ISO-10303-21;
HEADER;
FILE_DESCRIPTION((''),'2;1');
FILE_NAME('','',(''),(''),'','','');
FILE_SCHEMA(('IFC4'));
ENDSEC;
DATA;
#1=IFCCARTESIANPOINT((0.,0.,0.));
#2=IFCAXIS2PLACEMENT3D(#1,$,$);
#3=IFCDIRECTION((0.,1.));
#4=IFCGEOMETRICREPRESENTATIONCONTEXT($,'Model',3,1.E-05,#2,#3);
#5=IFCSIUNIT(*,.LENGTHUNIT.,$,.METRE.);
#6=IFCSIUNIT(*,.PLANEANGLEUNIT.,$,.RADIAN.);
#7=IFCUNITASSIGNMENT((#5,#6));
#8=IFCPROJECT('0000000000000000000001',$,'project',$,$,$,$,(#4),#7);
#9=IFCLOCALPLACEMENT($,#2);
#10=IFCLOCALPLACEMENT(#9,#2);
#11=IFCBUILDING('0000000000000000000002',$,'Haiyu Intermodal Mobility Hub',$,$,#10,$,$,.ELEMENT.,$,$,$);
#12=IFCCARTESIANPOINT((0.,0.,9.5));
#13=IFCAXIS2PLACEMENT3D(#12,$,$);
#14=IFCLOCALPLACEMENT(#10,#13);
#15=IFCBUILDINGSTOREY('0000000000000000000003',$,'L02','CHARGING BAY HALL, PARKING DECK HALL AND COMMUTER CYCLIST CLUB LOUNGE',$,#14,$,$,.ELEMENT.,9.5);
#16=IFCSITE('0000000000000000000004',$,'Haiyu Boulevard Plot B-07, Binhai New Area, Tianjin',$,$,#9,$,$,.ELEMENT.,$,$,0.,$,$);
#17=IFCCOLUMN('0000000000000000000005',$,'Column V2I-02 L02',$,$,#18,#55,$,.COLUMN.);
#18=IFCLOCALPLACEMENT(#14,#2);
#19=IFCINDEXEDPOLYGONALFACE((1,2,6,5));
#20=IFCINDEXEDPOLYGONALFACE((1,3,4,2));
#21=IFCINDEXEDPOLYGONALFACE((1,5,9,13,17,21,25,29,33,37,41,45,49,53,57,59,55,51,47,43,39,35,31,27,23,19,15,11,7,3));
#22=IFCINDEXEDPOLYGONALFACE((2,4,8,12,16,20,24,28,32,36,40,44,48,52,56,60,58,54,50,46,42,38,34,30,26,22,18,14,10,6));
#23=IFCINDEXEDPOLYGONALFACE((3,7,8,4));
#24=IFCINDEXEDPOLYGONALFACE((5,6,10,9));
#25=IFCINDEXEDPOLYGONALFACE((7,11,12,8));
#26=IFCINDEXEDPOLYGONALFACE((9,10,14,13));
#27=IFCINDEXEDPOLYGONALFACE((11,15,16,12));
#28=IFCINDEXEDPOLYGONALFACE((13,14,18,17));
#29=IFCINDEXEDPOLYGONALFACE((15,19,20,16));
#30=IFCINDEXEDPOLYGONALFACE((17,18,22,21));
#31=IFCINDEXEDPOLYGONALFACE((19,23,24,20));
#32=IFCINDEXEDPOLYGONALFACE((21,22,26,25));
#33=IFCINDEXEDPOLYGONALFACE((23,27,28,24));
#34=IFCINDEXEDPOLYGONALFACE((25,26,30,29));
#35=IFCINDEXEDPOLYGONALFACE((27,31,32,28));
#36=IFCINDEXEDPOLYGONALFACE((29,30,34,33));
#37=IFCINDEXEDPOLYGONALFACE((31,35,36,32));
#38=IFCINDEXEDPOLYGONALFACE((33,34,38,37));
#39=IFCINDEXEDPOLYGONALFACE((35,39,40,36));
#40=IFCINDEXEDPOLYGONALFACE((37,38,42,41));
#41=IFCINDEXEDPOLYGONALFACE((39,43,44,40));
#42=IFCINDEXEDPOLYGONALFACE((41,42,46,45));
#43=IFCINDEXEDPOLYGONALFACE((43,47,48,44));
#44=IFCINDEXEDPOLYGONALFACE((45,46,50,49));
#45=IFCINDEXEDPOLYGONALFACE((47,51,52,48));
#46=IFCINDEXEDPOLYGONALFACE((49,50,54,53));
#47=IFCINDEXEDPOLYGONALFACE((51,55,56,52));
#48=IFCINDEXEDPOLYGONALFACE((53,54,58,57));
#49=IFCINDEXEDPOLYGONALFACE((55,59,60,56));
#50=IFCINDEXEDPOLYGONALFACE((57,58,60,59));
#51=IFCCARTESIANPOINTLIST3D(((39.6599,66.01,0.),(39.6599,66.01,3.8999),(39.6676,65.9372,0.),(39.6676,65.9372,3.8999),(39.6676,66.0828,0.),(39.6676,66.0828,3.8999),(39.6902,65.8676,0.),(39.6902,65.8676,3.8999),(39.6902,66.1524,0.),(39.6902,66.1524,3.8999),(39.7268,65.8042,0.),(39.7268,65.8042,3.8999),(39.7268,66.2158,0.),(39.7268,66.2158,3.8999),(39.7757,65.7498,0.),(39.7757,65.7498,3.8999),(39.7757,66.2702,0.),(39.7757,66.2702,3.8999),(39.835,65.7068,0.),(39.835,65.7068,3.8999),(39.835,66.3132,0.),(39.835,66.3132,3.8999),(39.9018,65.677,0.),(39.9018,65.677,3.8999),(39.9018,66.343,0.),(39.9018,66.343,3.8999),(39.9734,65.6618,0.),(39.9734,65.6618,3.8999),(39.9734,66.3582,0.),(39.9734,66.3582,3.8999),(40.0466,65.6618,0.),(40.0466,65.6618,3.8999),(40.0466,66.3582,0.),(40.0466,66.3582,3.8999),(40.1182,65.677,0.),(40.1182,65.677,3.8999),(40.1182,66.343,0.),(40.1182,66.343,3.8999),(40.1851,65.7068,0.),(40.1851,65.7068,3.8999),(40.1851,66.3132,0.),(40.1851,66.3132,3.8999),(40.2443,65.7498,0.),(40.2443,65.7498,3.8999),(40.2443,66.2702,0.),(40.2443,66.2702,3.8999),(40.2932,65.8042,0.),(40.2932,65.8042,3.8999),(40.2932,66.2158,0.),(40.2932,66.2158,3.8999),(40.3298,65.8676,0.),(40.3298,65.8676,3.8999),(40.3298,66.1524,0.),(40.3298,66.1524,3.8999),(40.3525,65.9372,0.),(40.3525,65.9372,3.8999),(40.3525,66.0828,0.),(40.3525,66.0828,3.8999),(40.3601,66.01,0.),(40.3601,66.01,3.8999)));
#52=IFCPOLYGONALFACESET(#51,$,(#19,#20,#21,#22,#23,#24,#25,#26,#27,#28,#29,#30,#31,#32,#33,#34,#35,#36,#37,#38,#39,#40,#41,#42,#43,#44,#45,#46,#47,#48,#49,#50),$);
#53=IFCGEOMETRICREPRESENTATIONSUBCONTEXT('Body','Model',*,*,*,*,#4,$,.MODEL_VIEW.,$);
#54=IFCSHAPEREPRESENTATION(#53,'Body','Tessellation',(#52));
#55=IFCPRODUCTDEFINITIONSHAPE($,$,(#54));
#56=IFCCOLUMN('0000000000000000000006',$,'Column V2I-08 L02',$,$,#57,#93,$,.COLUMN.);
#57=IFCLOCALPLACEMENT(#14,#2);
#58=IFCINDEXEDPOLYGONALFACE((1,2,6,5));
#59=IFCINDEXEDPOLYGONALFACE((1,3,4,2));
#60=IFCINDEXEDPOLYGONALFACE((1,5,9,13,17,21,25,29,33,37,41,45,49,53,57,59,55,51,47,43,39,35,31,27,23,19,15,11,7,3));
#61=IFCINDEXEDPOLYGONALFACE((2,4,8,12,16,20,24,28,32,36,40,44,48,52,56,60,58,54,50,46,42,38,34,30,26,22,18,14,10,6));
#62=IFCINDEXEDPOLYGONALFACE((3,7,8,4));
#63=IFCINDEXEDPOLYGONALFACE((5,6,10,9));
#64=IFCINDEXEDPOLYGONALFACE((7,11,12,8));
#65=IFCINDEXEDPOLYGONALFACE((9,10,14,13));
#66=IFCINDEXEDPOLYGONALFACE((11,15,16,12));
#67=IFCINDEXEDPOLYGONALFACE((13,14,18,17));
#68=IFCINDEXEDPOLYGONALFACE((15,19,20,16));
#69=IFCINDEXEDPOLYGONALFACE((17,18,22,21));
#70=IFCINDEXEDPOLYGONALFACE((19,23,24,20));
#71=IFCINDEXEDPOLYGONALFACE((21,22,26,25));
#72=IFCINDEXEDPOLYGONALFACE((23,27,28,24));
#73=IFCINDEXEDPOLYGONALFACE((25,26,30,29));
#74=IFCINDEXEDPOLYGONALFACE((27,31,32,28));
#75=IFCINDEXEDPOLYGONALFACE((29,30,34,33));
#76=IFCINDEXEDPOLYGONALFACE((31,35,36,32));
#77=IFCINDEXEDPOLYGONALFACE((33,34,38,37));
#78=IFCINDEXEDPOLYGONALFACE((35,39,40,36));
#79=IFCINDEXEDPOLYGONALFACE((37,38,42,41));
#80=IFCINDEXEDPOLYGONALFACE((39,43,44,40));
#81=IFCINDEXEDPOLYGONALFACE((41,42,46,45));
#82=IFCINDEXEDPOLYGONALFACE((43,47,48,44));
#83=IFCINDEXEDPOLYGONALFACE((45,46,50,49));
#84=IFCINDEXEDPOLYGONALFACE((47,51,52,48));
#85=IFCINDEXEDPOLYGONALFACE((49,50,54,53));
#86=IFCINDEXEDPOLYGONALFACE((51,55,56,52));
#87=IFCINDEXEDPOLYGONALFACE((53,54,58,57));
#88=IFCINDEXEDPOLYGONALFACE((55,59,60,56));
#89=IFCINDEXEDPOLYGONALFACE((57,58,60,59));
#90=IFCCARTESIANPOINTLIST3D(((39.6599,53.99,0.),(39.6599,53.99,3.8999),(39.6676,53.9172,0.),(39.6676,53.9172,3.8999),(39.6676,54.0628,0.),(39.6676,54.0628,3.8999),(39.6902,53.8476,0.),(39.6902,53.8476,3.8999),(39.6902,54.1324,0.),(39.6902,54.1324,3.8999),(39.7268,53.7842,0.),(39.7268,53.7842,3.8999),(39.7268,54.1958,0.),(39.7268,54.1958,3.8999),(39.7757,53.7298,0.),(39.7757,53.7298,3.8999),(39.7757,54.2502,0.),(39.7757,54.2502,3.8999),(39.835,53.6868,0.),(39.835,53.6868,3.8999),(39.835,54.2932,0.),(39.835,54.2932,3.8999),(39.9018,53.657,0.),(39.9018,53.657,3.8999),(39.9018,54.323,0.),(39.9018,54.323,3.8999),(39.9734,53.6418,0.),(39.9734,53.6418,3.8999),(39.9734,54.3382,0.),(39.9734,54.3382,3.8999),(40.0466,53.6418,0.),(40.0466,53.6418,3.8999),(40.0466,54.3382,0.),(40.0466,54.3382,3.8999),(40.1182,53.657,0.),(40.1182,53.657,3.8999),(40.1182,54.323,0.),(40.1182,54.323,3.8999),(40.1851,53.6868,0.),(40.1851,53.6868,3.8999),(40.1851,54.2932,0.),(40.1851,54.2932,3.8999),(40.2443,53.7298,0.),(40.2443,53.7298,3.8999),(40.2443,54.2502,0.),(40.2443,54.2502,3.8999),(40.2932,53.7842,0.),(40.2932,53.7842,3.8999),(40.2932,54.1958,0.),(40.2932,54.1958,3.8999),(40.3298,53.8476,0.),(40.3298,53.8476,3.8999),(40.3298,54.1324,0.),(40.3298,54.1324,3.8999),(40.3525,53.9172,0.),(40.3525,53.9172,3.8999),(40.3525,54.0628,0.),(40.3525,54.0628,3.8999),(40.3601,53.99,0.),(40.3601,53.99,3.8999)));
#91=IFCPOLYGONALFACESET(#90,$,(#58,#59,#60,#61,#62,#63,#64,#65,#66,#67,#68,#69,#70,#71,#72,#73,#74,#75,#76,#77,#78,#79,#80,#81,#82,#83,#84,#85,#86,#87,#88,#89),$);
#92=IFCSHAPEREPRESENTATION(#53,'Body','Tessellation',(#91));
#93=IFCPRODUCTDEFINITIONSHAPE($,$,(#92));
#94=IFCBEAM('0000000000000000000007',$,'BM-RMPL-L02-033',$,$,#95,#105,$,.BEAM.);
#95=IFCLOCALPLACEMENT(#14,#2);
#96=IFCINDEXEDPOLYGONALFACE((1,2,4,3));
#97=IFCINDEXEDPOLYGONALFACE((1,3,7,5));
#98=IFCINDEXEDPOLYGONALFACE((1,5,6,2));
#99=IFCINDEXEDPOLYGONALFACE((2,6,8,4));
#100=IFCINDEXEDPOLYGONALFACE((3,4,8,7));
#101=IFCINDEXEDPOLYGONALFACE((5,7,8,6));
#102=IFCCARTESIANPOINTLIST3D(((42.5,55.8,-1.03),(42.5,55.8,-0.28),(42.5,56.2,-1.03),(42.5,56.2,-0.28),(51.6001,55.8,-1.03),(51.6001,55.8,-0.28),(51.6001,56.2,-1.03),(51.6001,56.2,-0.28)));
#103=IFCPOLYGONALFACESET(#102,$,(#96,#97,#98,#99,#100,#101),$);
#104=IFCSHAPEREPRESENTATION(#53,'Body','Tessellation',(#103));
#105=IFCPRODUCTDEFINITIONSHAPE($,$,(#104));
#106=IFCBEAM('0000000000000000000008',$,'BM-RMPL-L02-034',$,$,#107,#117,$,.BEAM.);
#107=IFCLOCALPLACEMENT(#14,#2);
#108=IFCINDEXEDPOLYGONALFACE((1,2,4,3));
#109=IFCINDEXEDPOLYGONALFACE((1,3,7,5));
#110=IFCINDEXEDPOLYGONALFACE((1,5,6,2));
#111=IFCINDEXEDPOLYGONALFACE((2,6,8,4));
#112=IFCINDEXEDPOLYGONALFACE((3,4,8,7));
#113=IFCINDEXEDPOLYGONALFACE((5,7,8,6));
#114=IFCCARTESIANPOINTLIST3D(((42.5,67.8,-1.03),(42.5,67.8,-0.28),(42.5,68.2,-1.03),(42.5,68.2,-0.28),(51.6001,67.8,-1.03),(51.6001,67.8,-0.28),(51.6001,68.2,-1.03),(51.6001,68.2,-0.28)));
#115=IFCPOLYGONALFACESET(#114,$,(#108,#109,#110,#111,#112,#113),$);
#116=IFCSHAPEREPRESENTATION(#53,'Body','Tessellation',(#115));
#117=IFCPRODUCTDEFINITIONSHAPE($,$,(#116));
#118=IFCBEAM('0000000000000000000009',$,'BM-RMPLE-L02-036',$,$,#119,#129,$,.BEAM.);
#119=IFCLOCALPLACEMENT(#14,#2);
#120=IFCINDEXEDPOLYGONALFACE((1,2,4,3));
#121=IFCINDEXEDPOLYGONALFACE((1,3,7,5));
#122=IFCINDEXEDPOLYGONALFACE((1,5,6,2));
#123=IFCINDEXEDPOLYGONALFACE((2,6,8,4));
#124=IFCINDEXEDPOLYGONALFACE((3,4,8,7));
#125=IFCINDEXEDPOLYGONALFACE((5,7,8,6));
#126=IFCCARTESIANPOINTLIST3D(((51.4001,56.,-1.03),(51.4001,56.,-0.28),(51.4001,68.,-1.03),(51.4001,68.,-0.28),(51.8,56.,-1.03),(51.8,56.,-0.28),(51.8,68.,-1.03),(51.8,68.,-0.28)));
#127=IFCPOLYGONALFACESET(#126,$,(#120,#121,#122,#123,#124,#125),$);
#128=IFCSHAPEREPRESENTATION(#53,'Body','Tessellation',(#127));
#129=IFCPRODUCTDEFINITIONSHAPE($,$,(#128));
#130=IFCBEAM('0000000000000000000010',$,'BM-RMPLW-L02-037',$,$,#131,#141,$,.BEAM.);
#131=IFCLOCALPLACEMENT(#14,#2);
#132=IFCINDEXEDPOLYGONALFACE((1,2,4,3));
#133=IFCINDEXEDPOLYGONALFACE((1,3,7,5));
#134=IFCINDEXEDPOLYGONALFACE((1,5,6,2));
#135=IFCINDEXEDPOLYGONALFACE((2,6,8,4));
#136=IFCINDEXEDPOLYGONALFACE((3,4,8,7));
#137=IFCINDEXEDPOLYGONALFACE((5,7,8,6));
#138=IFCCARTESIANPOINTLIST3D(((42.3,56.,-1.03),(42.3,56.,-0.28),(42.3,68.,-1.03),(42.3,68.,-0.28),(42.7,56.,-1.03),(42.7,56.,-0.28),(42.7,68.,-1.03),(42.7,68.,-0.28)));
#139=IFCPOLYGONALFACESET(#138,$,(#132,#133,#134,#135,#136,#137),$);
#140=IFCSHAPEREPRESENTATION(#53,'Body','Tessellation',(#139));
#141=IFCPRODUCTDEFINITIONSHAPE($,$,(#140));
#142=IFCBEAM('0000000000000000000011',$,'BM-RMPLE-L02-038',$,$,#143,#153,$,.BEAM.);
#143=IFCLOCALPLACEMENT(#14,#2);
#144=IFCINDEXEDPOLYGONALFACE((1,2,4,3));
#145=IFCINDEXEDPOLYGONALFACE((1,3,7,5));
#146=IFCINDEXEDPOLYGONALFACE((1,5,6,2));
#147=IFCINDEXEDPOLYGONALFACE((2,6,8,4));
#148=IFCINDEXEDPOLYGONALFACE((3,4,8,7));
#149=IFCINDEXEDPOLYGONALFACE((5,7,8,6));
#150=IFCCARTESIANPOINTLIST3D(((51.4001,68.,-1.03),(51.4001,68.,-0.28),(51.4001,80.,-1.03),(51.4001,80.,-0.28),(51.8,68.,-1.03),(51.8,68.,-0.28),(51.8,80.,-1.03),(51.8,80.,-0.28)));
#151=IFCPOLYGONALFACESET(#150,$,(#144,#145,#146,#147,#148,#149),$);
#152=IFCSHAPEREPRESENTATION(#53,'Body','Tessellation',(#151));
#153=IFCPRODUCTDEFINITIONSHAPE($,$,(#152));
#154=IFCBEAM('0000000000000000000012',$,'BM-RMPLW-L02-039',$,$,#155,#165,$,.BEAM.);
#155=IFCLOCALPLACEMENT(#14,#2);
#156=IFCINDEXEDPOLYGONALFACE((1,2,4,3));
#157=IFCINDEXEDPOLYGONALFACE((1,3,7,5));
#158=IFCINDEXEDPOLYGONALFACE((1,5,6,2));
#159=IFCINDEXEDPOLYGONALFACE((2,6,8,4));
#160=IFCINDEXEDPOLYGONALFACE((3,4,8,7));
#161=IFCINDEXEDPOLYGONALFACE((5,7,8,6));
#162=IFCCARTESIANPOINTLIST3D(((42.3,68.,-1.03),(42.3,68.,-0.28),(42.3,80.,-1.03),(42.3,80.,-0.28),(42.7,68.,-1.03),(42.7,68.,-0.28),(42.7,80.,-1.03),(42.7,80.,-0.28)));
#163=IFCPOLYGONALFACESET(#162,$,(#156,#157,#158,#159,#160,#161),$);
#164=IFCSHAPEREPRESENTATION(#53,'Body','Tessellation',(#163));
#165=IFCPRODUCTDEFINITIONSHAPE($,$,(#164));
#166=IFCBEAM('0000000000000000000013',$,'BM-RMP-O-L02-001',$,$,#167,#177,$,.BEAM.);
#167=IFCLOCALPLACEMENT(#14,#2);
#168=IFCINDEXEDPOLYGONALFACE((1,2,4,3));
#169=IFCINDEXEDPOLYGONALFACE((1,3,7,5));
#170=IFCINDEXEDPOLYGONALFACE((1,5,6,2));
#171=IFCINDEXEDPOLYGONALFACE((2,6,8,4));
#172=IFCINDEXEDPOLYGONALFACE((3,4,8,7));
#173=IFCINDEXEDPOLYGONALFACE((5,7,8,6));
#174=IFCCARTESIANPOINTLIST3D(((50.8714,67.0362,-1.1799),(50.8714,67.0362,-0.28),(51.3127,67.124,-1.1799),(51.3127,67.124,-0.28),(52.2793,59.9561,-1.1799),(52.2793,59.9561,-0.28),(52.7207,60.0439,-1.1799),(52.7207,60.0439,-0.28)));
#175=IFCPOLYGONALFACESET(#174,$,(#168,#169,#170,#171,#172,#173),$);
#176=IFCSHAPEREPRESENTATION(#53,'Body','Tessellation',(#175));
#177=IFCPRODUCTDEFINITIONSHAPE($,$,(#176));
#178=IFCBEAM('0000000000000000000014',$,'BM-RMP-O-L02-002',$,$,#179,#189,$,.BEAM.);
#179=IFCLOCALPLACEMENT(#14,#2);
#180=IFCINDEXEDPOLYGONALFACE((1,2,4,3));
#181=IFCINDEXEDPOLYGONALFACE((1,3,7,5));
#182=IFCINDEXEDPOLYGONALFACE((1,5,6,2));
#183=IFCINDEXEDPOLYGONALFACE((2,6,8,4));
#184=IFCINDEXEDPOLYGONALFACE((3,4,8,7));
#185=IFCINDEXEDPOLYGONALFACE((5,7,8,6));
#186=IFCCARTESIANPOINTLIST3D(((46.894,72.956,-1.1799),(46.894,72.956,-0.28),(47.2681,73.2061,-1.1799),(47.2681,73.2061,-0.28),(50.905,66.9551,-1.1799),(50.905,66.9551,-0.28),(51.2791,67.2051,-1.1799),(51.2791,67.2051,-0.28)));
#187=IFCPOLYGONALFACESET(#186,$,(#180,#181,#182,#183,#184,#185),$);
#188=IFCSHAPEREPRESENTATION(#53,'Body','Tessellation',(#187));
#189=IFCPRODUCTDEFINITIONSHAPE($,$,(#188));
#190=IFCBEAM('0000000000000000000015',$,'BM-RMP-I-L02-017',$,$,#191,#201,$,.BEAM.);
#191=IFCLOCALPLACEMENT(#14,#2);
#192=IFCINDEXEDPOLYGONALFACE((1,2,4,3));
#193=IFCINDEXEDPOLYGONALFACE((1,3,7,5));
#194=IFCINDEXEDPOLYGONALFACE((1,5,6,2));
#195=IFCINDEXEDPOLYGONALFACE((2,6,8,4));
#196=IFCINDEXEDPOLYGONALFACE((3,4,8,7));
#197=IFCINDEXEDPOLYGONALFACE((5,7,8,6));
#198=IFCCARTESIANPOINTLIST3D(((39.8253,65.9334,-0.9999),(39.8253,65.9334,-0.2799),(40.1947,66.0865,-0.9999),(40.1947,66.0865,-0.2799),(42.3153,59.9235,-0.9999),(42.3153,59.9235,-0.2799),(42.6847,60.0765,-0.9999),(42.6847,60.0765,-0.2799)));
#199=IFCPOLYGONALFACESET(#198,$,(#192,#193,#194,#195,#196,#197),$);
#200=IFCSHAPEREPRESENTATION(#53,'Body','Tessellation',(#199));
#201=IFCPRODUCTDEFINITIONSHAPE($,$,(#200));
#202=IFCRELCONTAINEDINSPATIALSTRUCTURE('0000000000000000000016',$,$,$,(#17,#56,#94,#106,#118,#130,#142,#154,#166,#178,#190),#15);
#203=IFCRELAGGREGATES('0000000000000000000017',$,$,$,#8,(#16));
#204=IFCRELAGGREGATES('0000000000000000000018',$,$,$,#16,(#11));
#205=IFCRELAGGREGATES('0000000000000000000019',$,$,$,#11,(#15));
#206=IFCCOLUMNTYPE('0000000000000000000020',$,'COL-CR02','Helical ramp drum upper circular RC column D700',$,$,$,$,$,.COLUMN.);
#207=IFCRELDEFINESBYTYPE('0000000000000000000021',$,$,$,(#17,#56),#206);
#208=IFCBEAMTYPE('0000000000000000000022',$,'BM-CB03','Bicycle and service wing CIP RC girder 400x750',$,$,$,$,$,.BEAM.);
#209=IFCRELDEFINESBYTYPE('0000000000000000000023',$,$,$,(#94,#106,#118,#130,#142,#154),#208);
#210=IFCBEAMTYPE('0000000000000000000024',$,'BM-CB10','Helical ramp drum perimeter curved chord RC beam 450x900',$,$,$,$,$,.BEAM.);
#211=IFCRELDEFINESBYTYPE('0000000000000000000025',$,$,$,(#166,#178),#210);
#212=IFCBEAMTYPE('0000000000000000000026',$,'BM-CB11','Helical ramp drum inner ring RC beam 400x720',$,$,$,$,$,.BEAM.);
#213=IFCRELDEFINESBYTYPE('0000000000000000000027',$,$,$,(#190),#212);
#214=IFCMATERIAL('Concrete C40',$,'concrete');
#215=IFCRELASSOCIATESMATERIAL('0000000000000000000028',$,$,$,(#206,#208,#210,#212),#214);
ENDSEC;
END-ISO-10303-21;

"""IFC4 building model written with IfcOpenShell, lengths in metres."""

from ifc_helpers import new_model, si_unit, direction, frame, origin, origin_2d, place, context, subcontext, project, spatial, rectangle, circle, extrude, material, material_profile, profile_set, type_object, element, save


model = new_model("IFC4")

# Units and contexts
model_context = context("Model", 3, precision=1e-05, world=origin(), true_north=direction((0.0, 1.0)))
body_context = subcontext(model_context, "Body", "Model", "MODEL_VIEW")
ifc_project = project(units=[si_unit("LENGTHUNIT", "METRE"), si_unit("PLANEANGLEUNIT", "RADIAN")], contexts=[model_context])

# Site, building, storey
site_placement = place(None, origin())
site = spatial("IfcSite", under=ifc_project, at=site_placement, Name="Haiyu Boulevard Plot B-07, Binhai New Area, Tianjin", CompositionType="ELEMENT", RefElevation=0.0)
building_placement = place(site_placement, origin())
building = spatial("IfcBuilding", under=site, at=building_placement, Name="Haiyu Intermodal Mobility Hub", CompositionType="ELEMENT")
storey_placement = place(building_placement, frame((0.0, 0.0, 9.5)))
storey = spatial("IfcBuildingStorey", under=building, at=storey_placement, Name="L02", Description="CHARGING BAY HALL, PARKING DECK HALL AND COMMUTER CYCLIST CLUB LOUNGE", CompositionType="ELEMENT", Elevation=9.5)

# Columns
ifc_material_1 = material(Name="Concrete C40", Category="concrete")
ifc_material_profile_1 = material_profile(ifc_material_1, circle(Radius=0.3501, at=origin_2d()), Name="RCCOL-D700")
ifc_profile_set_1 = profile_set([ifc_material_profile_1], Name="Concrete C40")
column_type_1 = type_object("IfcColumnType", Name="COL-CR02", Description="Helical ramp drum upper circular RC column D700", PredefinedType="COLUMN", material=ifc_profile_set_1)
for number, where, z_axis, x_axis, name in (
    (1, (40.01, 66.01, 0.0), (0.0, 0.0, 1.0), (1.0, 0.0, 0.0), "Column V2I-02 L02"),
    (2, (40.01, 53.99, 0.0), (0.0, 0.0, 1.0), (1.0, 0.0, 0.0), "Column V2I-08 L02"),
):
    element("IfcColumn", number, at=place(storey_placement, frame(where, z_axis=z_axis, x_axis=x_axis)), inside=storey, type_object=column_type_1, Name=name, PredefinedType="COLUMN", context=body_context, shape_type="SweptSolid", body=[
        extrude(circle(Radius=0.3501, at=origin_2d()), origin(), (0.0, 0.0, 1.0), 3.8999),
    ])

# Beams
ifc_material_profile_2 = material_profile(ifc_material_1, rectangle(XDim=0.3999, YDim=0.75, at=origin_2d()), Name="RCB400x750")
ifc_profile_set_2 = profile_set([ifc_material_profile_2], Name="Concrete C40")
beam_type_1 = type_object("IfcBeamType", Name="BM-CB03", Description="Bicycle and service wing CIP RC girder 400x750", PredefinedType="BEAM", material=ifc_profile_set_2)
for number, where, z_axis, x_axis, name in (
    (3, (42.5, 56.0, -0.655), (1.0, 0.0, 0.0), (0.0, 1.0, 0.0), "BM-RMPL-L02-033"),
    (4, (42.5, 68.0, -0.655), (1.0, 0.0, 0.0), (0.0, 1.0, 0.0), "BM-RMPL-L02-034"),
):
    element("IfcBeam", number, at=place(storey_placement, frame(where, z_axis=z_axis, x_axis=x_axis)), inside=storey, type_object=beam_type_1, Name=name, PredefinedType="BEAM", context=body_context, shape_type="SweptSolid", body=[
        extrude(rectangle(XDim=0.3999, YDim=0.75, at=origin_2d()), origin(), (0.0, 0.0, 1.0), 9.1001),
    ])
for number, where, z_axis, x_axis, name in (
    (5, (51.6001, 56.0, -0.655), (0.0, 1.0, 0.0), (-1.0, 0.0, 0.0), "BM-RMPLE-L02-036"),
    (6, (42.5, 56.0, -0.655), (0.0, 1.0, 0.0), (-1.0, 0.0, 0.0), "BM-RMPLW-L02-037"),
    (7, (51.6001, 68.0, -0.655), (0.0, 1.0, 0.0), (-1.0, 0.0, 0.0), "BM-RMPLE-L02-038"),
    (8, (42.5, 68.0, -0.655), (0.0, 1.0, 0.0), (-1.0, 0.0, 0.0), "BM-RMPLW-L02-039"),
):
    element("IfcBeam", number, at=place(storey_placement, frame(where, z_axis=z_axis, x_axis=x_axis)), inside=storey, type_object=beam_type_1, Name=name, PredefinedType="BEAM", context=body_context, shape_type="SweptSolid", body=[
        extrude(rectangle(XDim=0.3999, YDim=0.75, at=origin_2d()), origin(), (0.0, 0.0, 1.0), 12.0),
    ])
ifc_material_profile_3 = material_profile(ifc_material_1, rectangle(XDim=0.45, YDim=0.8999, at=origin_2d()), Name="RCB450x900")
ifc_profile_set_3 = profile_set([ifc_material_profile_3], Name="Concrete C40")
beam_type_2 = type_object("IfcBeamType", Name="BM-CB10", Description="Helical ramp drum perimeter curved chord RC beam 450x900", PredefinedType="BEAM", material=ifc_profile_set_3)
beam_1_placement = place(storey_placement, frame((52.5, 60.0, -0.73), z_axis=(-0.195043, 0.980795, 0.0), x_axis=(-0.980795, -0.195043, 0.0)))
element("IfcBeam", 9, at=beam_1_placement, inside=storey, type_object=beam_type_2, Name="BM-RMP-O-L02-001", PredefinedType="BEAM", context=body_context, shape_type="SweptSolid", body=[
    extrude(rectangle(XDim=0.45, YDim=0.8999, at=origin_2d()), origin(), (0.0, 0.0, 1.0), 7.2188),
])
beam_2_placement = place(storey_placement, frame((51.092, 67.0801, -0.73), z_axis=(-0.555691, 0.831389, 0.0), x_axis=(-0.831389, -0.555691, 0.0)))
element("IfcBeam", 10, at=beam_2_placement, inside=storey, type_object=beam_type_2, Name="BM-RMP-O-L02-002", PredefinedType="BEAM", context=body_context, shape_type="SweptSolid", body=[
    extrude(rectangle(XDim=0.45, YDim=0.8999, at=origin_2d()), origin(), (0.0, 0.0, 1.0), 7.218),
])
ifc_material_profile_4 = material_profile(ifc_material_1, rectangle(XDim=0.3999, YDim=0.72, at=origin_2d()), Name="RCB400x720")
ifc_profile_set_4 = profile_set([ifc_material_profile_4], Name="Concrete C40")
beam_type_3 = type_object("IfcBeamType", Name="BM-CB11", Description="Helical ramp drum inner ring RC beam 400x720", PredefinedType="BEAM", material=ifc_profile_set_4)
beam_3_placement = place(storey_placement, frame((42.5, 60.0, -0.6399), z_axis=(-0.382757, 0.923849, 0.0), x_axis=(-0.923849, -0.382757, 0.0)))
element("IfcBeam", 11, at=beam_3_placement, inside=storey, type_object=beam_type_3, Name="BM-RMP-I-L02-017", PredefinedType="BEAM", context=body_context, shape_type="SweptSolid", body=[
    extrude(rectangle(XDim=0.3999, YDim=0.72, at=origin_2d()), origin(), (0.0, 0.0, 1.0), 6.5054),
])

save(model, "model.ifc")
